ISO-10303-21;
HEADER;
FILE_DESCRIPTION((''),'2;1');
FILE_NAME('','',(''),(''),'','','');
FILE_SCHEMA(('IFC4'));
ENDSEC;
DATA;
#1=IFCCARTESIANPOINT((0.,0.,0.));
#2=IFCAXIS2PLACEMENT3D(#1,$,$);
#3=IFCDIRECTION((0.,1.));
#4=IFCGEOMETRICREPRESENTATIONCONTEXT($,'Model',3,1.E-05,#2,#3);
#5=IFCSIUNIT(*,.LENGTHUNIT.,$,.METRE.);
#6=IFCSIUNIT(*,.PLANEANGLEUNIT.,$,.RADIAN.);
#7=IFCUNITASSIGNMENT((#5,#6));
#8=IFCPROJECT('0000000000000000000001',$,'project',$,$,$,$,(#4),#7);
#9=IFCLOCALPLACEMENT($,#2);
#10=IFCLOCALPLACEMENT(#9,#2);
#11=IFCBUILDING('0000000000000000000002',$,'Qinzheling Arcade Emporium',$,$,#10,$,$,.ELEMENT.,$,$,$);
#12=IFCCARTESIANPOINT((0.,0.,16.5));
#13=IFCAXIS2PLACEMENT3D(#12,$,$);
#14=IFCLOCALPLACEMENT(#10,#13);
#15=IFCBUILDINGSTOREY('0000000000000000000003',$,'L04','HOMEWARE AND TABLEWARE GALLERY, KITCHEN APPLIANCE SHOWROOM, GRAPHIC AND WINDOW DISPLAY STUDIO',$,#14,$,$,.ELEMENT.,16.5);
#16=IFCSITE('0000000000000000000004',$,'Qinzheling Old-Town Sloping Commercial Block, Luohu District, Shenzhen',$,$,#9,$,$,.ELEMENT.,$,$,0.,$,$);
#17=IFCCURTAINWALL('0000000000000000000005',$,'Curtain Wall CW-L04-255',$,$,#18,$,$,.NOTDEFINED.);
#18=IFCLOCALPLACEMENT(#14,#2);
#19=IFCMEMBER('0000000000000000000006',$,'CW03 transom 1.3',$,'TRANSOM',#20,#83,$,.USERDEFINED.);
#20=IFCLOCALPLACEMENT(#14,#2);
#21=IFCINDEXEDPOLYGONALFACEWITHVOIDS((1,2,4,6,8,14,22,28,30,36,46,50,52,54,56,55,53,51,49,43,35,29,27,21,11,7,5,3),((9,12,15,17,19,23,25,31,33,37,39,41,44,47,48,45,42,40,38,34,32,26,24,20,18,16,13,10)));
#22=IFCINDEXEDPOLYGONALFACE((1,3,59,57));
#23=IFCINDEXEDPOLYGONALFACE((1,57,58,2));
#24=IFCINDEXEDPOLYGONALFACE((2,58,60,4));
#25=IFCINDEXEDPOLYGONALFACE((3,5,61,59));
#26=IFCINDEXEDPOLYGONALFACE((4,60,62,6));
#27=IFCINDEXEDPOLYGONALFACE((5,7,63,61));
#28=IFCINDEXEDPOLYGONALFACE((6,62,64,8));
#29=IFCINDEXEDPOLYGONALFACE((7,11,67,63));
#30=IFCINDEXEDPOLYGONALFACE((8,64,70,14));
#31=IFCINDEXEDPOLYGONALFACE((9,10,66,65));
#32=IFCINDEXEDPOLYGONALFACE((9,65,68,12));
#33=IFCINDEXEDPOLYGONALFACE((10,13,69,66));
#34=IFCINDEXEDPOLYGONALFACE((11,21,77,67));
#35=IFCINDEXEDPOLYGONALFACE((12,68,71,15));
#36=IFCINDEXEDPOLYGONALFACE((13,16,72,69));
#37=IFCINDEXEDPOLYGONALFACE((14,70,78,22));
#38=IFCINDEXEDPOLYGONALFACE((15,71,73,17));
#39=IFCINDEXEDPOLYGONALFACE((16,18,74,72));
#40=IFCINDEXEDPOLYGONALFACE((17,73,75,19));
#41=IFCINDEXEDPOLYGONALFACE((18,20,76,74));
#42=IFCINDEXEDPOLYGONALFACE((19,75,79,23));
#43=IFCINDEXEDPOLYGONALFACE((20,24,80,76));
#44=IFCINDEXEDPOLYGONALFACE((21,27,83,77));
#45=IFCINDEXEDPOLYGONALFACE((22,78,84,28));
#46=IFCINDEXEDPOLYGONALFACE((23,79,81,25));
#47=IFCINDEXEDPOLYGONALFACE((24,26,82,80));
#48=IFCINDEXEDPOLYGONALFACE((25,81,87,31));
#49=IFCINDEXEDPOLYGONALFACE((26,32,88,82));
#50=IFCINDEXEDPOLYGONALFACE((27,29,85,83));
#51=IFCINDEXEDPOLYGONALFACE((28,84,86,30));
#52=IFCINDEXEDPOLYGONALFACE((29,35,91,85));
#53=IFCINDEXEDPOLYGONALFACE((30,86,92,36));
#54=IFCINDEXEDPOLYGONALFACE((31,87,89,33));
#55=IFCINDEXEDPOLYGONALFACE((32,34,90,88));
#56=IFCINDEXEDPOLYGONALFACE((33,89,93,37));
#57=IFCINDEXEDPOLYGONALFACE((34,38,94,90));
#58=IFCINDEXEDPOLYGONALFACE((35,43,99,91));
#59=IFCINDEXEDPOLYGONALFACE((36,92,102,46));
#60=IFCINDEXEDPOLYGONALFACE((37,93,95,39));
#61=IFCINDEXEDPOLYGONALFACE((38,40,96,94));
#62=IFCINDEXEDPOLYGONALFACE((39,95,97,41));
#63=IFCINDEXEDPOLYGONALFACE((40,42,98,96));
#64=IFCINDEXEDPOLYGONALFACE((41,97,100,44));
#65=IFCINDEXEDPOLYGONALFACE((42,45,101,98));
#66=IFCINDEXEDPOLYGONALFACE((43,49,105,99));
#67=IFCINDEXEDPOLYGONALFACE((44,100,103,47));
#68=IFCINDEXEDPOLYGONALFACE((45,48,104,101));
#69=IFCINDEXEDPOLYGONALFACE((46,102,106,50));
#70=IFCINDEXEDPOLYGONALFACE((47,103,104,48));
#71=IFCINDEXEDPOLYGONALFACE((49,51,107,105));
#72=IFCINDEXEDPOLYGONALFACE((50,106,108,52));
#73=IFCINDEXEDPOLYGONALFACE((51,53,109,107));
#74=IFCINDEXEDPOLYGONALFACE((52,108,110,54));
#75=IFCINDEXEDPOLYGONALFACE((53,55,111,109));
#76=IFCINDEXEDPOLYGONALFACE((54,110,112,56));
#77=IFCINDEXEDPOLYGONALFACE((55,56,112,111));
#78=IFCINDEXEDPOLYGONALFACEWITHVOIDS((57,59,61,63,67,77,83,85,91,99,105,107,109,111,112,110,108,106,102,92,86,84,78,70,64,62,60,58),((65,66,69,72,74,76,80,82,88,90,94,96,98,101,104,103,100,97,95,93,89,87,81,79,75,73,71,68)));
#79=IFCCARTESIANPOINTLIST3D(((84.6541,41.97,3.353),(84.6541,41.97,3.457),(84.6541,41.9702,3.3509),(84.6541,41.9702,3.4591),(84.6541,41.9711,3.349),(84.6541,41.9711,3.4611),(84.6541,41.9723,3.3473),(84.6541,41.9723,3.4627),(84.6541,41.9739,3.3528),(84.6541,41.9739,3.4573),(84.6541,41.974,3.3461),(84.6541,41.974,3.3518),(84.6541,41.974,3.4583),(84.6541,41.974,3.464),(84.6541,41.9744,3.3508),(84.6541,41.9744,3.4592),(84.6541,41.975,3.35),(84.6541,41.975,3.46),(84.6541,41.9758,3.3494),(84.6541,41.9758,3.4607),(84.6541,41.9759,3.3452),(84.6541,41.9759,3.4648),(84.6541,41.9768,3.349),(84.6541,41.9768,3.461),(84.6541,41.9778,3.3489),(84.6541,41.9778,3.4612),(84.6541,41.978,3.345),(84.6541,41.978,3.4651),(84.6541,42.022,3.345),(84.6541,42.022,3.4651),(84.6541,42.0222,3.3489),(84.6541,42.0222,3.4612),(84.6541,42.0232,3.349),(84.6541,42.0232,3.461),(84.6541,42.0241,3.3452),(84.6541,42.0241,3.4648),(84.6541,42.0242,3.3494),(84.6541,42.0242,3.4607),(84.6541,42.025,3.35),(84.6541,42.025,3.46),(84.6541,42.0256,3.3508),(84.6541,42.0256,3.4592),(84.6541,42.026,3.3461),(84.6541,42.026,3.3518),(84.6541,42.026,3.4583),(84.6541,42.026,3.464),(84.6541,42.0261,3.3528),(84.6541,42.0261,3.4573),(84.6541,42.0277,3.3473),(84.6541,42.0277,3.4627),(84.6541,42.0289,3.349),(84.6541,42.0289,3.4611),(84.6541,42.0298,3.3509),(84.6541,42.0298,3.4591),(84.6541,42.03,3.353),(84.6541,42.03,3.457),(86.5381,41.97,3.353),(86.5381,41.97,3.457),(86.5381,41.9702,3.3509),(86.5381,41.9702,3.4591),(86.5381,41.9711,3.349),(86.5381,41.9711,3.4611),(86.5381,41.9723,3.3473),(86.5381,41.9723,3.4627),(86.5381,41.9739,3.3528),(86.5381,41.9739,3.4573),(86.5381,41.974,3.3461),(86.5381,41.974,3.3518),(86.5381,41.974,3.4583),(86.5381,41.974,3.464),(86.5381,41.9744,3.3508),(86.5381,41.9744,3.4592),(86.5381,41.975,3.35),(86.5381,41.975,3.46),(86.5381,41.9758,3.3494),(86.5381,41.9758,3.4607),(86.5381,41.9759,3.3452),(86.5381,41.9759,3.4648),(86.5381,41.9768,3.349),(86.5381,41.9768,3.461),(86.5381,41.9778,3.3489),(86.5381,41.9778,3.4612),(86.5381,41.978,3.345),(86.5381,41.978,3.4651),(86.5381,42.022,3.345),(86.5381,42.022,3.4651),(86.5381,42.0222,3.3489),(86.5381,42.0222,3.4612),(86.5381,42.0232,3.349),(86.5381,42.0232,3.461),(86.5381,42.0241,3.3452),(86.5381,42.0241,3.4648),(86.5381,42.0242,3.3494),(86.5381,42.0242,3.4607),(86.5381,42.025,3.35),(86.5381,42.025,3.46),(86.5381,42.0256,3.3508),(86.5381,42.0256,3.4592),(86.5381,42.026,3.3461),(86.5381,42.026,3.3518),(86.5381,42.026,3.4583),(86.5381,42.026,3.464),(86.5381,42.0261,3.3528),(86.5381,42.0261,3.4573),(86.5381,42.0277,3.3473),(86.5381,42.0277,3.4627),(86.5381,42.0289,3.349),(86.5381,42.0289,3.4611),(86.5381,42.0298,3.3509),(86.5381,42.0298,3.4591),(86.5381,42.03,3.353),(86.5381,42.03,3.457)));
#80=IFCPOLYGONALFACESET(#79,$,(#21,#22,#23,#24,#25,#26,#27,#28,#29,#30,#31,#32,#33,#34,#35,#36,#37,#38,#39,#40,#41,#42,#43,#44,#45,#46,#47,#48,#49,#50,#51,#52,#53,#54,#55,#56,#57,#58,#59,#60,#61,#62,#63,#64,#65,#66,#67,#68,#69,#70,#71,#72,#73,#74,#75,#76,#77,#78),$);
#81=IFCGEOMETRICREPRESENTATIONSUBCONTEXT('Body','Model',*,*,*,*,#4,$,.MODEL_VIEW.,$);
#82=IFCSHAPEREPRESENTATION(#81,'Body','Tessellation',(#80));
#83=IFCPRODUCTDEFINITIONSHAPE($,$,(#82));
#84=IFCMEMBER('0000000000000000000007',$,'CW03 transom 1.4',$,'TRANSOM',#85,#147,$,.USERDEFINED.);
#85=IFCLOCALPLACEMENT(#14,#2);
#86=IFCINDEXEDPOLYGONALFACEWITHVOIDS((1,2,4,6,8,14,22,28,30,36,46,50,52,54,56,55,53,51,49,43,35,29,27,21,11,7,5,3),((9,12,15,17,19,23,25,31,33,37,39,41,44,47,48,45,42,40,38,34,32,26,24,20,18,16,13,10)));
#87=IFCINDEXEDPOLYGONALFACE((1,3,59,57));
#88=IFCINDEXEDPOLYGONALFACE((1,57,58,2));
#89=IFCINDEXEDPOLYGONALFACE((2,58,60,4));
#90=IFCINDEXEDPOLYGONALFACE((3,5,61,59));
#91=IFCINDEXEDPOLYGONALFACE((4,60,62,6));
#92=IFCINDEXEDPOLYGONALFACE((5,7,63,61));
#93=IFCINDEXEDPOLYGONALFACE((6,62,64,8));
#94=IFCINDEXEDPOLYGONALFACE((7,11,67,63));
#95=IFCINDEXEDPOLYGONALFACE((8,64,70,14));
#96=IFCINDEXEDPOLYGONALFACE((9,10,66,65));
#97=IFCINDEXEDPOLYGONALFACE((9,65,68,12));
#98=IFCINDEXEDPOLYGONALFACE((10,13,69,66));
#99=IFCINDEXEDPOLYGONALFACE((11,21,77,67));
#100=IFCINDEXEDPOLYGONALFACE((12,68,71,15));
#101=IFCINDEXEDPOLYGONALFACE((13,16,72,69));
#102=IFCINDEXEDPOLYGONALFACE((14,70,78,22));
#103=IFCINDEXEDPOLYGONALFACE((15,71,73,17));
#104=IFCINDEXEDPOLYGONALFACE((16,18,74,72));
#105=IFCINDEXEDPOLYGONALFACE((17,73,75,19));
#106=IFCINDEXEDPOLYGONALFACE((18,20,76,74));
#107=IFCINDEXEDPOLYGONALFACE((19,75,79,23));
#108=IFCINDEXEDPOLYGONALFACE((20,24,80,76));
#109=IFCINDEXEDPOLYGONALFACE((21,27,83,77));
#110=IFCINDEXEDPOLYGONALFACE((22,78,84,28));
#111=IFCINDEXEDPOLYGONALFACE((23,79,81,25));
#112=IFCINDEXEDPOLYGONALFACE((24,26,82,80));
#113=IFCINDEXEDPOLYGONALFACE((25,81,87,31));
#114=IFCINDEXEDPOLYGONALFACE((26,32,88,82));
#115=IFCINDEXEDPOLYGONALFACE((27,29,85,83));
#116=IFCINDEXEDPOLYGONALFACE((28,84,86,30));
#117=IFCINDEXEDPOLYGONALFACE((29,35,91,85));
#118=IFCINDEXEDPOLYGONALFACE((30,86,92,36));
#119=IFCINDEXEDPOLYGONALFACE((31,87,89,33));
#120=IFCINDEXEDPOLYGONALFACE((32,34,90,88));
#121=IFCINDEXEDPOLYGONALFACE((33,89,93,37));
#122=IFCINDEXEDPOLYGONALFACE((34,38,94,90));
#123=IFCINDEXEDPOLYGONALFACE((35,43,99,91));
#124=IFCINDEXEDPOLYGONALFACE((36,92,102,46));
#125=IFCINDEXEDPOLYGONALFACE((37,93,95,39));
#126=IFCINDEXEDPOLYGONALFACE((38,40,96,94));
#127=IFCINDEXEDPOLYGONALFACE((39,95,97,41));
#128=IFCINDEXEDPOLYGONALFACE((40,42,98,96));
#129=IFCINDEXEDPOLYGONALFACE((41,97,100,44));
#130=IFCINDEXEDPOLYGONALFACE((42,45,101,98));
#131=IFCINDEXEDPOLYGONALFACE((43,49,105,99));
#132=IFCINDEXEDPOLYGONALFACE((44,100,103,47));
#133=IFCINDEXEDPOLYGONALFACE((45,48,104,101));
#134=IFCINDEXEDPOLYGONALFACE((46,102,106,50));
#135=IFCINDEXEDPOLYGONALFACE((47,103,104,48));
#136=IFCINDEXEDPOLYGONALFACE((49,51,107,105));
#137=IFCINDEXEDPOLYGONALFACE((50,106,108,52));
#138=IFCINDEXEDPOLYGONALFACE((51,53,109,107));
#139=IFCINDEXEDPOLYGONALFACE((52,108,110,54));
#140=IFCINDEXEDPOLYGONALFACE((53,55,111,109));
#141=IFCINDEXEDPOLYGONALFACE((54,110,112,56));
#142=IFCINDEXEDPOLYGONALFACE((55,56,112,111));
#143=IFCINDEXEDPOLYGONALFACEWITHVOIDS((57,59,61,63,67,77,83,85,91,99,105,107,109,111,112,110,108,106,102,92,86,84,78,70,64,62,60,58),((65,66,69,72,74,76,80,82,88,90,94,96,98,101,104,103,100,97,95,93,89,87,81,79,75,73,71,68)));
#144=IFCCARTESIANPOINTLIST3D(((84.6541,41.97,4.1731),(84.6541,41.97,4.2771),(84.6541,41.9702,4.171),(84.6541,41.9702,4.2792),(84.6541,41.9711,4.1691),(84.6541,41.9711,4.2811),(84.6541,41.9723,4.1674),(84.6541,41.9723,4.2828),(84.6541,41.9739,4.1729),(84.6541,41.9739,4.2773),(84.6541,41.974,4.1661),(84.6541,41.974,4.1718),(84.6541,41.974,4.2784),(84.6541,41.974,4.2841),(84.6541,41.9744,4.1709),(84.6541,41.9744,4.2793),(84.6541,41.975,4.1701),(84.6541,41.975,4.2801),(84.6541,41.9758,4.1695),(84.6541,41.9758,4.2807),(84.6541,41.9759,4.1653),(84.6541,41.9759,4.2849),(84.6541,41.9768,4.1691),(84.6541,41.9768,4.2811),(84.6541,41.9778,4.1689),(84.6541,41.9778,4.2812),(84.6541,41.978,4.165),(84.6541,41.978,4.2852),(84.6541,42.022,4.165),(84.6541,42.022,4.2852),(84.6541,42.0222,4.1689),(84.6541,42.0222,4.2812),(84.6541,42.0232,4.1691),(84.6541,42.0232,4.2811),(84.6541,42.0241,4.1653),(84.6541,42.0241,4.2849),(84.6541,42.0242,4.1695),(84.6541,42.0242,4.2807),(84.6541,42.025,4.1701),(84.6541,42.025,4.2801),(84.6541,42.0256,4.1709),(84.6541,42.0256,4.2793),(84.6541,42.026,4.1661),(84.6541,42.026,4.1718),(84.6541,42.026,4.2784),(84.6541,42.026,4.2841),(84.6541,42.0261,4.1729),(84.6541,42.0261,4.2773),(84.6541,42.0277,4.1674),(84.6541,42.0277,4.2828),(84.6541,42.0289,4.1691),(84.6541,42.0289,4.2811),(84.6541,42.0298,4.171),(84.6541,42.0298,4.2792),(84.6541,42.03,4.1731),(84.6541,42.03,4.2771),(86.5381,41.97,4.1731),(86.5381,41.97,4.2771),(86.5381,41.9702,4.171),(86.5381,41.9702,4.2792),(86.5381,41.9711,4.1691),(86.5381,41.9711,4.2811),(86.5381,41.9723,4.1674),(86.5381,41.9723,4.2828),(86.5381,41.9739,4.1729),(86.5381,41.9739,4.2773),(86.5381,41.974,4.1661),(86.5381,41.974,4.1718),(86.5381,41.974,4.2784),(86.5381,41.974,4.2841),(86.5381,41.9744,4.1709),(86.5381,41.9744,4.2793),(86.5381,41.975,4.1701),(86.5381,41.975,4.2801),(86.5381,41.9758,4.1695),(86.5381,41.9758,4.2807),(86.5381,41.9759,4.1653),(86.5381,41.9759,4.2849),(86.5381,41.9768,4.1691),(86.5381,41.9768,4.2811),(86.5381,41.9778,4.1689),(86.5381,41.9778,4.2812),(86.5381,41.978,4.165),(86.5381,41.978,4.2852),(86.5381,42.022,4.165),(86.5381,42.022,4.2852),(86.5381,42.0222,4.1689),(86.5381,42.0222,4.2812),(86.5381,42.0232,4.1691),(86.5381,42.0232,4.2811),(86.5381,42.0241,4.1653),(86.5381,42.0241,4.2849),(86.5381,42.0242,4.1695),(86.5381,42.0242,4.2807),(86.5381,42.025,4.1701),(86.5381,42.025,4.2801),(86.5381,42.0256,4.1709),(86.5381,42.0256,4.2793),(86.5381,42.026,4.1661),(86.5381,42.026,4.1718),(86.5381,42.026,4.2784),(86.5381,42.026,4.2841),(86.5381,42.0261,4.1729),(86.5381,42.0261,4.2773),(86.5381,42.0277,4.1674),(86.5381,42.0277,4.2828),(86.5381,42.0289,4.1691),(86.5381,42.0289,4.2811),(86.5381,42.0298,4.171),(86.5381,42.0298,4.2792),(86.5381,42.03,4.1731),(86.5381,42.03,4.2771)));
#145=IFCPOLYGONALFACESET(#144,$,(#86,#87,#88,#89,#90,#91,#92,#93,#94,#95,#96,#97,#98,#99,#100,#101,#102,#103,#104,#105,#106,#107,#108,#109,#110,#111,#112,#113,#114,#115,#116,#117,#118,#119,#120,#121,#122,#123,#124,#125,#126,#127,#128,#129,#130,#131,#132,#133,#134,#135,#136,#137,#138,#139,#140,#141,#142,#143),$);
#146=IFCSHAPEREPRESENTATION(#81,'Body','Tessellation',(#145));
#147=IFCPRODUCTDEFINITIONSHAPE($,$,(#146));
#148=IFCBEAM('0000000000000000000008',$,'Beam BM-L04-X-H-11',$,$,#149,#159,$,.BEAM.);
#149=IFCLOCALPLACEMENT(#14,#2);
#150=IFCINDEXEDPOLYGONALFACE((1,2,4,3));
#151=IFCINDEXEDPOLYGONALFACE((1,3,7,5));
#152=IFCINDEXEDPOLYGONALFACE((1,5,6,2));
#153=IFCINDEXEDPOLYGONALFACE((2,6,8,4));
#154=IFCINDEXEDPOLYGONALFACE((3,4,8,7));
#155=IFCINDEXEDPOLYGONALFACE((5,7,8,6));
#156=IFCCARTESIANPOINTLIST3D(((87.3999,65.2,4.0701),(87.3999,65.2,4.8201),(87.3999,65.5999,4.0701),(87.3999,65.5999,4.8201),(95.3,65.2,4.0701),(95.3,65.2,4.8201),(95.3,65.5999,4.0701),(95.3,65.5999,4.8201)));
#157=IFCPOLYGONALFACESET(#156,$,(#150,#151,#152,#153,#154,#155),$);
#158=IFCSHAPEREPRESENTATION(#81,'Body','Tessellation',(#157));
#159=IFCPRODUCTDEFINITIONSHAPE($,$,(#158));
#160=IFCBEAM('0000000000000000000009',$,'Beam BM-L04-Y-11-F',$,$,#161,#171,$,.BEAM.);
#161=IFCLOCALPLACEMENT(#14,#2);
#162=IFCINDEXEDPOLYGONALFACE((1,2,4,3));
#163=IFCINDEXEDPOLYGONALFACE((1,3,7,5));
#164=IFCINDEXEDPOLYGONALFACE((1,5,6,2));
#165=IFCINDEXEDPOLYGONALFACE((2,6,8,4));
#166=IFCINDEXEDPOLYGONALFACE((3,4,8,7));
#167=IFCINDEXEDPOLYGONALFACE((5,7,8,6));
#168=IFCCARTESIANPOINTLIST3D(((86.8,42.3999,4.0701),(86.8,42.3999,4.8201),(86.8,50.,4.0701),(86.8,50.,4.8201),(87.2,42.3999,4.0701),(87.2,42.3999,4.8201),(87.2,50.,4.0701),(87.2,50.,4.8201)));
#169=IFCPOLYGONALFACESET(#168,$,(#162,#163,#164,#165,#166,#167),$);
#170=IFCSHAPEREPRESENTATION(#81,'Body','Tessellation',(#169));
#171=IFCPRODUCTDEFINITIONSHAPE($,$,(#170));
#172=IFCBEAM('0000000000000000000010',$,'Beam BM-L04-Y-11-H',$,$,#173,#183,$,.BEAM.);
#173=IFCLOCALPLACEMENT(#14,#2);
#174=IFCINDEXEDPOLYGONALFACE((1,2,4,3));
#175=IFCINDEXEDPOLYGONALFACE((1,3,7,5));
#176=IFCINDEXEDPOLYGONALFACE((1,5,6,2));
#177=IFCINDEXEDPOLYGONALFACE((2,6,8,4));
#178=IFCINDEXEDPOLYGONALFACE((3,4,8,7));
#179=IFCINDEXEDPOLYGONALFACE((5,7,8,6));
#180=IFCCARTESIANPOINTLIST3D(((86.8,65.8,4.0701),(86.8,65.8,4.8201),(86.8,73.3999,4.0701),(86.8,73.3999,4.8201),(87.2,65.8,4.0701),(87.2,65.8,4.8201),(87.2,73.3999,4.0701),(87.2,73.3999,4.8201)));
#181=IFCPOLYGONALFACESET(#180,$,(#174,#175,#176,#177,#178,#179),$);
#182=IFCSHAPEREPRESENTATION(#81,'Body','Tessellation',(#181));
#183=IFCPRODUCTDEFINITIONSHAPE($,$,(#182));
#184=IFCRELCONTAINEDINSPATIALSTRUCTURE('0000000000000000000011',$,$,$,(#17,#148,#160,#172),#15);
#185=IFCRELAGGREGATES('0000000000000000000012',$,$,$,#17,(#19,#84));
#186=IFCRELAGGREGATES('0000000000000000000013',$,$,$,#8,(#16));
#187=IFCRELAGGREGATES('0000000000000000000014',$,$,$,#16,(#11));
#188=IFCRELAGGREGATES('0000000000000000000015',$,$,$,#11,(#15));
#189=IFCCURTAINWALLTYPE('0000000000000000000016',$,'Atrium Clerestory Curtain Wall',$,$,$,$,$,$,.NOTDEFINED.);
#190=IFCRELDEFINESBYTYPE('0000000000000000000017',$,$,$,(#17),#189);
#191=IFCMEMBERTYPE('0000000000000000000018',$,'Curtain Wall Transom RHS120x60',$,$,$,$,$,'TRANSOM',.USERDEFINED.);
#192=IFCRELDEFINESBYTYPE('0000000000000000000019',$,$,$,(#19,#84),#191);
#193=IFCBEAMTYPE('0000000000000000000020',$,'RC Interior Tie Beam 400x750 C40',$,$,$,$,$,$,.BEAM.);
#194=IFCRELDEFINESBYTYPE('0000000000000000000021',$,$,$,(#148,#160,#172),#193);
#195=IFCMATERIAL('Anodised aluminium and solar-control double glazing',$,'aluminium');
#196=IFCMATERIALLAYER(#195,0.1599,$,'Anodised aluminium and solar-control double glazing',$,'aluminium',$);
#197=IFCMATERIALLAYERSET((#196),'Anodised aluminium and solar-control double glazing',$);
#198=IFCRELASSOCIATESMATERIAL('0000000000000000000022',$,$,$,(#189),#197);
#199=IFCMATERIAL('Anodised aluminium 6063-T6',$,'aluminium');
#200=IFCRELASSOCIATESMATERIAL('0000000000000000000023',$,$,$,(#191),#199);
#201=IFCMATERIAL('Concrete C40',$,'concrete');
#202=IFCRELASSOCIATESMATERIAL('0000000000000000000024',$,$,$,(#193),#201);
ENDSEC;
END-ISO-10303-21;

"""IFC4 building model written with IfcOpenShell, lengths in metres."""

from ifc_helpers import new_model, si_unit, direction, frame, origin, origin_2d, place, context, subcontext, project, spatial, rectangle, hollow_rectangle, extrude, material, layer, layer_set, material_profile, profile_set, type_object, element, aggregate, save


model = new_model("IFC4")

# Units and contexts
model_context = context("Model", 3, precision=1e-05, world=origin(), true_north=direction((0.0, 1.0)))
body_context = subcontext(model_context, "Body", "Model", "MODEL_VIEW")
ifc_project = project(units=[si_unit("LENGTHUNIT", "METRE"), si_unit("PLANEANGLEUNIT", "RADIAN")], contexts=[model_context])

# Site, building, storey
site_placement = place(None, origin())
site = spatial("IfcSite", under=ifc_project, at=site_placement, Name="Qinzheling Old-Town Sloping Commercial Block, Luohu District, Shenzhen", CompositionType="ELEMENT", RefElevation=0.0)
building_placement = place(site_placement, origin())
building = spatial("IfcBuilding", under=site, at=building_placement, Name="Qinzheling Arcade Emporium", CompositionType="ELEMENT")
storey_placement = place(building_placement, frame((0.0, 0.0, 16.5)))
storey = spatial("IfcBuildingStorey", under=building, at=storey_placement, Name="L04", Description="HOMEWARE AND TABLEWARE GALLERY, KITCHEN APPLIANCE SHOWROOM, GRAPHIC AND WINDOW DISPLAY STUDIO", CompositionType="ELEMENT", Elevation=16.5)

# Shared definitions
ifc_material_1 = material(Name="Concrete C40", Category="concrete")

# Curtain wall, members
ifc_material_2 = material(Name="Anodised aluminium and solar-control double glazing", Category="aluminium")
ifc_layer_1 = layer(ifc_material_2, 0.1599, Name="Anodised aluminium and solar-control double glazing", Category="aluminium")
ifc_layer_set_1 = layer_set([ifc_layer_1], Name="Anodised aluminium and solar-control double glazing")
curtain_wall_type = type_object("IfcCurtainWallType", Name="Atrium Clerestory Curtain Wall", PredefinedType="NOTDEFINED", material=ifc_layer_set_1)
curtain_wall_placement = place(storey_placement, origin())
curtain_wall = element("IfcCurtainWall", 1, at=curtain_wall_placement, inside=storey, type_object=curtain_wall_type, Name="Curtain Wall CW-L04-255", PredefinedType="NOTDEFINED")
ifc_material_3 = material(Name="Anodised aluminium 6063-T6", Category="aluminium")
ifc_material_profile_1 = material_profile(ifc_material_3, hollow_rectangle(XDim=0.0601, YDim=0.1201, WallThickness=0.0039, InnerFilletRadius=0.0039, OuterFilletRadius=0.0081, at=origin_2d()), Name="RHS 120x60x4", Category="aluminium")
ifc_profile_set_1 = profile_set([ifc_material_profile_1], Name="Anodised aluminium 6063-T6")
member_type_1 = type_object("IfcMemberType", Name="Curtain Wall Transom RHS120x60", ElementType="TRANSOM", PredefinedType="USERDEFINED", material=ifc_profile_set_1)
member_1_placement = place(storey_placement, frame((86.5381, 42.0, 3.405), z_axis=(-1.0, 0.0, 0.0), x_axis=(0.0, -1.0, 0.0)))
member_1 = element("IfcMember", 2, at=member_1_placement, type_object=member_type_1, Name="CW03 transom 1.3", ObjectType="TRANSOM", PredefinedType="USERDEFINED", context=body_context, shape_type="SweptSolid", body=[
    extrude(hollow_rectangle(XDim=0.0601, YDim=0.1201, WallThickness=0.0039, InnerFilletRadius=0.0039, OuterFilletRadius=0.0081, at=origin_2d()), origin(), (0.0, 0.0, 1.0), 1.884),
])
member_2_placement = place(storey_placement, frame((86.5381, 42.0, 4.2251), z_axis=(-1.0, 0.0, 0.0), x_axis=(0.0, -1.0, 0.0)))
member_2 = element("IfcMember", 3, at=member_2_placement, type_object=member_type_1, Name="CW03 transom 1.4", ObjectType="TRANSOM", PredefinedType="USERDEFINED", context=body_context, shape_type="SweptSolid", body=[
    extrude(hollow_rectangle(XDim=0.0601, YDim=0.1201, WallThickness=0.0039, InnerFilletRadius=0.0039, OuterFilletRadius=0.0081, at=origin_2d()), origin(), (0.0, 0.0, 1.0), 1.884),
])

# Beams
ifc_material_profile_2 = material_profile(ifc_material_1, rectangle(XDim=0.3999, YDim=0.75, at=origin_2d()), Name="RC 400x750", Category="concrete")
ifc_profile_set_2 = profile_set([ifc_material_profile_2], Name="Concrete C40")
beam_type_1 = type_object("IfcBeamType", Name="RC Interior Tie Beam 400x750 C40", PredefinedType="BEAM", material=ifc_profile_set_2)
beam_1_placement = place(storey_placement, frame((87.3999, 65.3999, 4.4451), z_axis=(1.0, 0.0, 0.0), x_axis=(0.0, 1.0, 0.0)))
element("IfcBeam", 4, at=beam_1_placement, inside=storey, type_object=beam_type_1, Name="Beam BM-L04-X-H-11", PredefinedType="BEAM", context=body_context, shape_type="SweptSolid", body=[
    extrude(rectangle(XDim=0.3999, YDim=0.75, at=origin_2d()), origin(), (0.0, 0.0, 1.0), 7.9001),
])
beam_2_placement = place(storey_placement, frame((87.0, 42.3999, 4.4451), z_axis=(0.0, 1.0, 0.0), x_axis=(-1.0, 0.0, 0.0)))
element("IfcBeam", 5, at=beam_2_placement, inside=storey, type_object=beam_type_1, Name="Beam BM-L04-Y-11-F", PredefinedType="BEAM", context=body_context, shape_type="SweptSolid", body=[
    extrude(rectangle(XDim=0.3999, YDim=0.75, at=origin_2d()), origin(), (0.0, 0.0, 1.0), 7.6001),
])
beam_3_placement = place(storey_placement, frame((87.0, 65.8, 4.4451), z_axis=(0.0, 1.0, 0.0), x_axis=(-1.0, 0.0, 0.0)))
element("IfcBeam", 6, at=beam_3_placement, inside=storey, type_object=beam_type_1, Name="Beam BM-L04-Y-11-H", PredefinedType="BEAM", context=body_context, shape_type="SweptSolid", body=[
    extrude(rectangle(XDim=0.3999, YDim=0.75, at=origin_2d()), origin(), (0.0, 0.0, 1.0), 7.5999),
])

aggregate(curtain_wall, [member_1, member_2])

save(model, "model.ifc")
